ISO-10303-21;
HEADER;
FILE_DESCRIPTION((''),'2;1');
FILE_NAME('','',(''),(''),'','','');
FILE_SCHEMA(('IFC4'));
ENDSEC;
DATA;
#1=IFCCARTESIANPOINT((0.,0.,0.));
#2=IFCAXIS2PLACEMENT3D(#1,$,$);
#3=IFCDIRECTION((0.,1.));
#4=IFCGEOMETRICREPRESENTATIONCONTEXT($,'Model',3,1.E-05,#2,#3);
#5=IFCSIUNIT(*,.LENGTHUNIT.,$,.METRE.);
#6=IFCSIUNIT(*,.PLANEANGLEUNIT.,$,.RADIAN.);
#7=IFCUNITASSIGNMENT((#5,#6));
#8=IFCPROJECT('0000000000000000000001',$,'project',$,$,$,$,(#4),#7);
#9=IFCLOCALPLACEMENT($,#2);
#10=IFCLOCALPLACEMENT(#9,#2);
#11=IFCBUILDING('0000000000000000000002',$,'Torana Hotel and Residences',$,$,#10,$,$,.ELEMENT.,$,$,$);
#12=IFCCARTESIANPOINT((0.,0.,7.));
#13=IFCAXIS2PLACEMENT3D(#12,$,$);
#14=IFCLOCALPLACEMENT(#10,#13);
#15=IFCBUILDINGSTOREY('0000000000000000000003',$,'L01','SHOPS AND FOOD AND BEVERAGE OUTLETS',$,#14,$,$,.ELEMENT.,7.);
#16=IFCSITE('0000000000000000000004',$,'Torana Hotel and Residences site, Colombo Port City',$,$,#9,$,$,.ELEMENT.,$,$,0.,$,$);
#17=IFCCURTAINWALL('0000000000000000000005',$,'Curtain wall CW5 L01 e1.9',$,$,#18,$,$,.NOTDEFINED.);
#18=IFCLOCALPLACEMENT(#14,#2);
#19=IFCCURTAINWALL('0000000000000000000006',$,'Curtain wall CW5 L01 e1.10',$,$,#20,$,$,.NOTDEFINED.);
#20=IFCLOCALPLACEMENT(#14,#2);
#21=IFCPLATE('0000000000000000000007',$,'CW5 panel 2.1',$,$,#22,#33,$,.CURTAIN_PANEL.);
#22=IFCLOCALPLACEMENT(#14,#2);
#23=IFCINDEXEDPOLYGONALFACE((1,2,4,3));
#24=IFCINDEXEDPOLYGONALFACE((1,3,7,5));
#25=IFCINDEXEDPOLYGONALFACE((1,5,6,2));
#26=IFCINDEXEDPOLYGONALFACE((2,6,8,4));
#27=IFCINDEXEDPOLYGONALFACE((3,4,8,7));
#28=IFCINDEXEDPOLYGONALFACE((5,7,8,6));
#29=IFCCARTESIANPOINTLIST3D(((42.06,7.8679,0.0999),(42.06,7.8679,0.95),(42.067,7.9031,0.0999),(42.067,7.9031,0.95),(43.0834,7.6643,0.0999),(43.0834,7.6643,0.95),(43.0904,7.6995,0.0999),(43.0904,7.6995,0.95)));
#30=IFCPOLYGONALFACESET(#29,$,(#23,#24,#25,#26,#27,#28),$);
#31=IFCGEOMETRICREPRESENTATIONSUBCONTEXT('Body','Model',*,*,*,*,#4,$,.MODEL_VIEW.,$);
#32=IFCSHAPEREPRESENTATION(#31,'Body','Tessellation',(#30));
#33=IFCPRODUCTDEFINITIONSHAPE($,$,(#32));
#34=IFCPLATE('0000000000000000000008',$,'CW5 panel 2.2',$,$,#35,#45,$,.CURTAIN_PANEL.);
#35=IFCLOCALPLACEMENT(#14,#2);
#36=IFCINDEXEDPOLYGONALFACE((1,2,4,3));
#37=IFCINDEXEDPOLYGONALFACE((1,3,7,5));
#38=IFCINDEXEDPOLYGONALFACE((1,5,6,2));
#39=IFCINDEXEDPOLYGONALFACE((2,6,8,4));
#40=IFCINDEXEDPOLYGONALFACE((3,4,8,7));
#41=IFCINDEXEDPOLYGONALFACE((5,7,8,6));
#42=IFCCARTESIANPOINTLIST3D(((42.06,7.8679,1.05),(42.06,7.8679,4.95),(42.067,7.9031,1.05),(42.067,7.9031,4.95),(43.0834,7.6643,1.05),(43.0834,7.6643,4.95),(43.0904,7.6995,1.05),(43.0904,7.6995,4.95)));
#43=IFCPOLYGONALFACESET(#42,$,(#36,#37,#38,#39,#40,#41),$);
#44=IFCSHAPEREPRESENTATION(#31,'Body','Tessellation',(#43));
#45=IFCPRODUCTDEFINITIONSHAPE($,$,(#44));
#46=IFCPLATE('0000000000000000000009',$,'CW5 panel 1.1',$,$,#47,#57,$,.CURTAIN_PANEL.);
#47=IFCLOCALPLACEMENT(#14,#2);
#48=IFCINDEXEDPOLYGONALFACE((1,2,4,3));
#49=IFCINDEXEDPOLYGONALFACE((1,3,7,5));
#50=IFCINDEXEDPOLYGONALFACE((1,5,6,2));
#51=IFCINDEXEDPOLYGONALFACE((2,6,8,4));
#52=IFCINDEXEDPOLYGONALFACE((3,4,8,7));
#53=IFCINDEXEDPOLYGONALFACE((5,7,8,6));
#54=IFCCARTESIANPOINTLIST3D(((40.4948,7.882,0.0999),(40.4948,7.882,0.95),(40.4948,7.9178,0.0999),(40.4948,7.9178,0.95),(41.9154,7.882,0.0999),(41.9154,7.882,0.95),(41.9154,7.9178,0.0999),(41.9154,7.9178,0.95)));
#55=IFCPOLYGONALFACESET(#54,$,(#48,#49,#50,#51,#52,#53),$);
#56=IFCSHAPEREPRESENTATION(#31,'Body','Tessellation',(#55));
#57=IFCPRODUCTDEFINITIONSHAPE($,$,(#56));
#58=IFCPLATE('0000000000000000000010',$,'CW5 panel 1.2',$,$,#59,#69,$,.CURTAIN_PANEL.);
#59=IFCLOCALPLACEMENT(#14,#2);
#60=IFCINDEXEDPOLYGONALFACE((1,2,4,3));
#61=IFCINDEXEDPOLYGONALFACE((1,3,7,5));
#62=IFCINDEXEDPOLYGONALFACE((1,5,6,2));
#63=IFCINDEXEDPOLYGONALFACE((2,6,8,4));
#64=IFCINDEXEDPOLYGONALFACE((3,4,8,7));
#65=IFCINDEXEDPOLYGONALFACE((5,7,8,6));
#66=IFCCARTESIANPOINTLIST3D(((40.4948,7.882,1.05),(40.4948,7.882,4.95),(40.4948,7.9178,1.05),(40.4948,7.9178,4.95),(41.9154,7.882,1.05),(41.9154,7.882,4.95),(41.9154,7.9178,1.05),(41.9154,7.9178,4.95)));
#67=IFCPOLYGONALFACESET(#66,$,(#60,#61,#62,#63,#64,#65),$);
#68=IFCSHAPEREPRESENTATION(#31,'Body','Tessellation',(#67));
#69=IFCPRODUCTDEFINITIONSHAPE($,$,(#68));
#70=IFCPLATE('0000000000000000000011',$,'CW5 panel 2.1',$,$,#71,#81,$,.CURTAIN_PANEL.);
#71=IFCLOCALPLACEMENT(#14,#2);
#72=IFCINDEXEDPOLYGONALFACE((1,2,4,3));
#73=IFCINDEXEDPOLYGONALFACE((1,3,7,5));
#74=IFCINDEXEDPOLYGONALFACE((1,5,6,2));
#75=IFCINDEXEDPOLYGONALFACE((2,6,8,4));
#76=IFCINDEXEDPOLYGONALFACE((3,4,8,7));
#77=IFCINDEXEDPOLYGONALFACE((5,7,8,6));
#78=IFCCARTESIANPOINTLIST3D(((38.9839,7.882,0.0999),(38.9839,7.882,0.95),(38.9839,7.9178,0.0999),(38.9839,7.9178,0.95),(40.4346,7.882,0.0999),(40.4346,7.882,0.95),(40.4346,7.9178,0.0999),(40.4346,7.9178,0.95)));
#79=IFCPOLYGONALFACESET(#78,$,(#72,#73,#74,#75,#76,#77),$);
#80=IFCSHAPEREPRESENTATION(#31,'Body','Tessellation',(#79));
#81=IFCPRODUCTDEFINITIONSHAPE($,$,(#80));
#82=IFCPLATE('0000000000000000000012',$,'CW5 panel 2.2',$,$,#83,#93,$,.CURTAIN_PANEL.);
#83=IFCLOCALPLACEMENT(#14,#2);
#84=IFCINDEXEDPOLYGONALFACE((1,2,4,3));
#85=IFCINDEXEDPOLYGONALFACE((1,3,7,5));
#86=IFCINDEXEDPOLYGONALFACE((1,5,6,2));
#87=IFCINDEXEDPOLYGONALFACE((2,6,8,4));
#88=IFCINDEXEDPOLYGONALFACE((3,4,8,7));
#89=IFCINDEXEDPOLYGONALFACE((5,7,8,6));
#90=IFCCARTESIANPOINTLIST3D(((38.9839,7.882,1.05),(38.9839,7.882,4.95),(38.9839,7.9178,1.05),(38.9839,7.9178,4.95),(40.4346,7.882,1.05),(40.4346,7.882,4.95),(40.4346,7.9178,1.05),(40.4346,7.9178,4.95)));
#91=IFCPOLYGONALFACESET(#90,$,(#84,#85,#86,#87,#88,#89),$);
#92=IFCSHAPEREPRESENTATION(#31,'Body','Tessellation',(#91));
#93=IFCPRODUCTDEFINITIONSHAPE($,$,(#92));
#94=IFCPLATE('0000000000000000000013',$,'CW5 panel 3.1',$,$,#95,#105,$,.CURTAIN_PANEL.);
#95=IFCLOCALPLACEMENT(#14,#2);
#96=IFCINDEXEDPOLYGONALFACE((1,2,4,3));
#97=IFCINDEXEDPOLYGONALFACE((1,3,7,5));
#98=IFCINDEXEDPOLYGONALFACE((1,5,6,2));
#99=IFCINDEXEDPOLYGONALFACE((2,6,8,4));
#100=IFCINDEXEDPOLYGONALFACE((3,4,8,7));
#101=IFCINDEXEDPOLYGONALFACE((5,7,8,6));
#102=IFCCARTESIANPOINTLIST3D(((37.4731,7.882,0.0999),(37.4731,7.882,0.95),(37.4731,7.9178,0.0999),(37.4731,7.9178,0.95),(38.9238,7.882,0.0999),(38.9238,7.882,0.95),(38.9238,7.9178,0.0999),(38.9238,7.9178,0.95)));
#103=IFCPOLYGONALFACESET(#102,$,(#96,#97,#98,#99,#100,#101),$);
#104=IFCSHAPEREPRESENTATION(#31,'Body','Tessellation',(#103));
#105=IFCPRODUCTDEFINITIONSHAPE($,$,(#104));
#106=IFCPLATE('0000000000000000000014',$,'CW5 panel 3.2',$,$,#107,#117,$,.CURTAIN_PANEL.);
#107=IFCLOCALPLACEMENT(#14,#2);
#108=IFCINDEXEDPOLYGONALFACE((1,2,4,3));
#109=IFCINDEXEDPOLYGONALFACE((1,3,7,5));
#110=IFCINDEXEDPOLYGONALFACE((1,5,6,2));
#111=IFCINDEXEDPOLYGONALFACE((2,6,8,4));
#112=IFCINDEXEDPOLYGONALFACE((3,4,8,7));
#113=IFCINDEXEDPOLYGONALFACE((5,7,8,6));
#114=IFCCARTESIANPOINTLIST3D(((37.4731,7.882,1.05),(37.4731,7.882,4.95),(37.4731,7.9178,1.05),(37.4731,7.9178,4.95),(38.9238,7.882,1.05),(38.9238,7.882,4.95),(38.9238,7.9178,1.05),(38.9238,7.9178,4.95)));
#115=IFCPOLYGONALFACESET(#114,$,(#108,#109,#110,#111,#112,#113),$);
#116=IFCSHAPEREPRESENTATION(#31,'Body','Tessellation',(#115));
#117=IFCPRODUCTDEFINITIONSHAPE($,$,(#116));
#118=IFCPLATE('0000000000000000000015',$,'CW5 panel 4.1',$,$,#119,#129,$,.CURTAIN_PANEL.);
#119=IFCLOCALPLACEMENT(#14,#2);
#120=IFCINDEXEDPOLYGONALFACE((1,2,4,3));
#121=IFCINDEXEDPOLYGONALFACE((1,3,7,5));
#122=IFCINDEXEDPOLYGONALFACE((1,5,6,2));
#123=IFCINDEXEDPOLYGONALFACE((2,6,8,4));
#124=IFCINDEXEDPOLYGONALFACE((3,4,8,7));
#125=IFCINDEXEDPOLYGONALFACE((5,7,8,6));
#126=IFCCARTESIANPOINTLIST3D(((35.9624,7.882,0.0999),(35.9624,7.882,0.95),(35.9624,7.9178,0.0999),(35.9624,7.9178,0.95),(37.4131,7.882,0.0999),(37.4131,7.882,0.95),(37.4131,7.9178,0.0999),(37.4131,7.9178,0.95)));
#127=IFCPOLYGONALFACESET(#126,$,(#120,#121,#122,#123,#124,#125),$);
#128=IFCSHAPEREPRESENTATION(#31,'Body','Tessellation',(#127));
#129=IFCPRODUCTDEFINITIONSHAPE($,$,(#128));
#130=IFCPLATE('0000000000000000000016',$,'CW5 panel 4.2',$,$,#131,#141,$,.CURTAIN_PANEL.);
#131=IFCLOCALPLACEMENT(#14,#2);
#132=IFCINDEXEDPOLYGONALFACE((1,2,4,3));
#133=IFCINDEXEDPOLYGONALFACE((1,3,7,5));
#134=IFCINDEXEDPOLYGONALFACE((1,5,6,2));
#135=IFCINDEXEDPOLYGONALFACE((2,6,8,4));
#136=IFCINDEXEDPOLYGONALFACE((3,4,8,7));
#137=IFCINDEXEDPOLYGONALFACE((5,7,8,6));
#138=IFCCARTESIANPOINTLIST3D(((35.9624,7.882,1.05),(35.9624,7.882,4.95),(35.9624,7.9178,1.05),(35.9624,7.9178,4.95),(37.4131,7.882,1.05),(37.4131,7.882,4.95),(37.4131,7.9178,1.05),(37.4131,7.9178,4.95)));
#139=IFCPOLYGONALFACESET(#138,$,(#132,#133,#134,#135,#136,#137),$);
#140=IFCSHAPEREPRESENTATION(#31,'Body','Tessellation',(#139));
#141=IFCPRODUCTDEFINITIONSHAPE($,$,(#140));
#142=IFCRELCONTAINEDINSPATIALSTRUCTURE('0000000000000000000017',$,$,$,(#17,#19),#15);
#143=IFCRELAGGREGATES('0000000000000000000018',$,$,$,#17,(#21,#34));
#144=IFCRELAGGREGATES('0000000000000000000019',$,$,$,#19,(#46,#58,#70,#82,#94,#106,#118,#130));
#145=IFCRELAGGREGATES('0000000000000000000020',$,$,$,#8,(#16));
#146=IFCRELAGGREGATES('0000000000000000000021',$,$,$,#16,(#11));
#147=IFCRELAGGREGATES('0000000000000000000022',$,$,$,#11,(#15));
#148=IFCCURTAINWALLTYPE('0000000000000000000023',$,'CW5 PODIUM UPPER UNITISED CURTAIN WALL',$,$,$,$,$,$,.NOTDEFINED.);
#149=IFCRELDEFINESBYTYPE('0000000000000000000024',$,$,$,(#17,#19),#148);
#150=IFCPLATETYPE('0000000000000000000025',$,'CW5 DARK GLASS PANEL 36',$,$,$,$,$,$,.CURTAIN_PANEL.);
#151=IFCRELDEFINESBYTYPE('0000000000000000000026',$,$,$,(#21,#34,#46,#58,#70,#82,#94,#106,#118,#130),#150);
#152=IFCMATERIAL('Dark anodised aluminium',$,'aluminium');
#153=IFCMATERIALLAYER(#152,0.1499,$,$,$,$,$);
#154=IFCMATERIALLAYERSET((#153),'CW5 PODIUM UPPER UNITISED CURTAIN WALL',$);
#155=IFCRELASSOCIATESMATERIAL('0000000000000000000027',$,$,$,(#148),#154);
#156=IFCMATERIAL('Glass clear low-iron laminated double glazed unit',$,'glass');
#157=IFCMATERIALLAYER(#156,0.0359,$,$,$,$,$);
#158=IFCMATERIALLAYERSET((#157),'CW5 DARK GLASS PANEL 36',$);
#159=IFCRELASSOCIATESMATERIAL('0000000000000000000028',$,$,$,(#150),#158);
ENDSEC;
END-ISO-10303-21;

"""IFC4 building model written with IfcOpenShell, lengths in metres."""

from ifc_helpers import new_model, si_unit, direction, frame, origin, origin_2d, place, context, subcontext, project, spatial, rectangle, extrude, material, layer, layer_set, type_object, element, aggregate, save


model = new_model("IFC4")

# Units and contexts
model_context = context("Model", 3, precision=1e-05, world=origin(), true_north=direction((0.0, 1.0)))
body_context = subcontext(model_context, "Body", "Model", "MODEL_VIEW")
ifc_project = project(units=[si_unit("LENGTHUNIT", "METRE"), si_unit("PLANEANGLEUNIT", "RADIAN")], contexts=[model_context])

# Site, building, storey
site_placement = place(None, origin())
site = spatial("IfcSite", under=ifc_project, at=site_placement, Name="Torana Hotel and Residences site, Colombo Port City", CompositionType="ELEMENT", RefElevation=0.0)
building_placement = place(site_placement, origin())
building = spatial("IfcBuilding", under=site, at=building_placement, Name="Torana Hotel and Residences", CompositionType="ELEMENT")
storey_placement = place(building_placement, frame((0.0, 0.0, 7.0)))
storey = spatial("IfcBuildingStorey", under=building, at=storey_placement, Name="L01", Description="SHOPS AND FOOD AND BEVERAGE OUTLETS", CompositionType="ELEMENT", Elevation=7.0)

# Curtain walls
ifc_material_1 = material(Name="Dark anodised aluminium", Category="aluminium")
ifc_layer_1 = layer(ifc_material_1, 0.1499)
ifc_layer_set_1 = layer_set([ifc_layer_1], Name="CW5 PODIUM UPPER UNITISED CURTAIN WALL")
curtain_wall_type = type_object("IfcCurtainWallType", Name="CW5 PODIUM UPPER UNITISED CURTAIN WALL", PredefinedType="NOTDEFINED", material=ifc_layer_set_1)
curtain_wall_1_placement = place(storey_placement, origin())
curtain_wall_1 = element("IfcCurtainWall", 1, at=curtain_wall_1_placement, inside=storey, type_object=curtain_wall_type, Name="Curtain wall CW5 L01 e1.9", PredefinedType="NOTDEFINED")
curtain_wall_2_placement = place(storey_placement, origin())
curtain_wall_2 = element("IfcCurtainWall", 2, at=curtain_wall_2_placement, inside=storey, type_object=curtain_wall_type, Name="Curtain wall CW5 L01 e1.10", PredefinedType="NOTDEFINED")

# Plates
ifc_material_2 = material(Name="Glass clear low-iron laminated double glazed unit", Category="glass")
ifc_layer_2 = layer(ifc_material_2, 0.0359)
ifc_layer_set_2 = layer_set([ifc_layer_2], Name="CW5 DARK GLASS PANEL 36")
plate_type = type_object("IfcPlateType", Name="CW5 DARK GLASS PANEL 36", PredefinedType="CURTAIN_PANEL", material=ifc_layer_set_2)
plate_1_placement = place(storey_placement, frame((42.5752, 7.7837, 0.0999), z_axis=(0.0, 0.0, 1.0), x_axis=(-0.980787, 0.195081, 0.0)))
plate_1 = element("IfcPlate", 3, at=plate_1_placement, type_object=plate_type, Name="CW5 panel 2.1", PredefinedType="CURTAIN_PANEL", context=body_context, shape_type="SweptSolid", body=[
    extrude(rectangle(XDim=1.0435, YDim=0.0359, at=origin_2d()), origin(), (0.0, 0.0, 1.0), 0.8501),
])
plate_2_placement = place(storey_placement, frame((42.5752, 7.7837, 1.05), z_axis=(0.0, 0.0, 1.0), x_axis=(-0.980787, 0.195081, 0.0)))
plate_2 = element("IfcPlate", 4, at=plate_2_placement, type_object=plate_type, Name="CW5 panel 2.2", PredefinedType="CURTAIN_PANEL", context=body_context, shape_type="SweptSolid", body=[
    extrude(rectangle(XDim=1.0435, YDim=0.0359, at=origin_2d()), origin(), (0.0, 0.0, 1.0), 3.8999),
])
aggregate(curtain_wall_1, [plate_1, plate_2])
plate_3_placement = place(storey_placement, frame((41.2051, 7.8999, 0.0999), z_axis=(0.0, 0.0, 1.0), x_axis=(-1.0, 0.0, 0.0)))
plate_3 = element("IfcPlate", 5, at=plate_3_placement, type_object=plate_type, Name="CW5 panel 1.1", PredefinedType="CURTAIN_PANEL", context=body_context, shape_type="SweptSolid", body=[
    extrude(rectangle(XDim=1.4207, YDim=0.0359, at=origin_2d()), origin(), (0.0, 0.0, 1.0), 0.8501),
])
plate_4_placement = place(storey_placement, frame((41.2051, 7.8999, 1.05), z_axis=(0.0, 0.0, 1.0), x_axis=(-1.0, 0.0, 0.0)))
plate_4 = element("IfcPlate", 6, at=plate_4_placement, type_object=plate_type, Name="CW5 panel 1.2", PredefinedType="CURTAIN_PANEL", context=body_context, shape_type="SweptSolid", body=[
    extrude(rectangle(XDim=1.4207, YDim=0.0359, at=origin_2d()), origin(), (0.0, 0.0, 1.0), 3.8999),
])
plate_5_placement = place(storey_placement, frame((39.7092, 7.8999, 0.0999), z_axis=(0.0, 0.0, 1.0), x_axis=(-1.0, 0.0, 0.0)))
plate_5 = element("IfcPlate", 7, at=plate_5_placement, type_object=plate_type, Name="CW5 panel 2.1", PredefinedType="CURTAIN_PANEL", context=body_context, shape_type="SweptSolid", body=[
    extrude(rectangle(XDim=1.4507, YDim=0.0359, at=origin_2d()), origin(), (0.0, 0.0, 1.0), 0.8501),
])
plate_6_placement = place(storey_placement, frame((39.7092, 7.8999, 1.05), z_axis=(0.0, 0.0, 1.0), x_axis=(-1.0, 0.0, 0.0)))
plate_6 = element("IfcPlate", 8, at=plate_6_placement, type_object=plate_type, Name="CW5 panel 2.2", PredefinedType="CURTAIN_PANEL", context=body_context, shape_type="SweptSolid", body=[
    extrude(rectangle(XDim=1.4507, YDim=0.0359, at=origin_2d()), origin(), (0.0, 0.0, 1.0), 3.8999),
])
plate_7_placement = place(storey_placement, frame((38.1985, 7.8999, 0.0999), z_axis=(0.0, 0.0, 1.0), x_axis=(-1.0, 0.0, 0.0)))
plate_7 = element("IfcPlate", 9, at=plate_7_placement, type_object=plate_type, Name="CW5 panel 3.1", PredefinedType="CURTAIN_PANEL", context=body_context, shape_type="SweptSolid", body=[
    extrude(rectangle(XDim=1.4507, YDim=0.0359, at=origin_2d()), origin(), (0.0, 0.0, 1.0), 0.8501),
])
plate_8_placement = place(storey_placement, frame((38.1985, 7.8999, 1.05), z_axis=(0.0, 0.0, 1.0), x_axis=(-1.0, 0.0, 0.0)))
plate_8 = element("IfcPlate", 10, at=plate_8_placement, type_object=plate_type, Name="CW5 panel 3.2", PredefinedType="CURTAIN_PANEL", context=body_context, shape_type="SweptSolid", body=[
    extrude(rectangle(XDim=1.4507, YDim=0.0359, at=origin_2d()), origin(), (0.0, 0.0, 1.0), 3.8999),
])
plate_9_placement = place(storey_placement, frame((36.6877, 7.8999, 0.0999), z_axis=(0.0, 0.0, 1.0), x_axis=(-1.0, 0.0, 0.0)))
plate_9 = element("IfcPlate", 11, at=plate_9_placement, type_object=plate_type, Name="CW5 panel 4.1", PredefinedType="CURTAIN_PANEL", context=body_context, shape_type="SweptSolid", body=[
    extrude(rectangle(XDim=1.4507, YDim=0.0359, at=origin_2d()), origin(), (0.0, 0.0, 1.0), 0.8501),
])
plate_10_placement = place(storey_placement, frame((36.6877, 7.8999, 1.05), z_axis=(0.0, 0.0, 1.0), x_axis=(-1.0, 0.0, 0.0)))
plate_10 = element("IfcPlate", 12, at=plate_10_placement, type_object=plate_type, Name="CW5 panel 4.2", PredefinedType="CURTAIN_PANEL", context=body_context, shape_type="SweptSolid", body=[
    extrude(rectangle(XDim=1.4507, YDim=0.0359, at=origin_2d()), origin(), (0.0, 0.0, 1.0), 3.8999),
])
aggregate(curtain_wall_2, [plate_3, plate_4, plate_5, plate_6, plate_7, plate_8, plate_9, plate_10])

save(model, "model.ifc")
